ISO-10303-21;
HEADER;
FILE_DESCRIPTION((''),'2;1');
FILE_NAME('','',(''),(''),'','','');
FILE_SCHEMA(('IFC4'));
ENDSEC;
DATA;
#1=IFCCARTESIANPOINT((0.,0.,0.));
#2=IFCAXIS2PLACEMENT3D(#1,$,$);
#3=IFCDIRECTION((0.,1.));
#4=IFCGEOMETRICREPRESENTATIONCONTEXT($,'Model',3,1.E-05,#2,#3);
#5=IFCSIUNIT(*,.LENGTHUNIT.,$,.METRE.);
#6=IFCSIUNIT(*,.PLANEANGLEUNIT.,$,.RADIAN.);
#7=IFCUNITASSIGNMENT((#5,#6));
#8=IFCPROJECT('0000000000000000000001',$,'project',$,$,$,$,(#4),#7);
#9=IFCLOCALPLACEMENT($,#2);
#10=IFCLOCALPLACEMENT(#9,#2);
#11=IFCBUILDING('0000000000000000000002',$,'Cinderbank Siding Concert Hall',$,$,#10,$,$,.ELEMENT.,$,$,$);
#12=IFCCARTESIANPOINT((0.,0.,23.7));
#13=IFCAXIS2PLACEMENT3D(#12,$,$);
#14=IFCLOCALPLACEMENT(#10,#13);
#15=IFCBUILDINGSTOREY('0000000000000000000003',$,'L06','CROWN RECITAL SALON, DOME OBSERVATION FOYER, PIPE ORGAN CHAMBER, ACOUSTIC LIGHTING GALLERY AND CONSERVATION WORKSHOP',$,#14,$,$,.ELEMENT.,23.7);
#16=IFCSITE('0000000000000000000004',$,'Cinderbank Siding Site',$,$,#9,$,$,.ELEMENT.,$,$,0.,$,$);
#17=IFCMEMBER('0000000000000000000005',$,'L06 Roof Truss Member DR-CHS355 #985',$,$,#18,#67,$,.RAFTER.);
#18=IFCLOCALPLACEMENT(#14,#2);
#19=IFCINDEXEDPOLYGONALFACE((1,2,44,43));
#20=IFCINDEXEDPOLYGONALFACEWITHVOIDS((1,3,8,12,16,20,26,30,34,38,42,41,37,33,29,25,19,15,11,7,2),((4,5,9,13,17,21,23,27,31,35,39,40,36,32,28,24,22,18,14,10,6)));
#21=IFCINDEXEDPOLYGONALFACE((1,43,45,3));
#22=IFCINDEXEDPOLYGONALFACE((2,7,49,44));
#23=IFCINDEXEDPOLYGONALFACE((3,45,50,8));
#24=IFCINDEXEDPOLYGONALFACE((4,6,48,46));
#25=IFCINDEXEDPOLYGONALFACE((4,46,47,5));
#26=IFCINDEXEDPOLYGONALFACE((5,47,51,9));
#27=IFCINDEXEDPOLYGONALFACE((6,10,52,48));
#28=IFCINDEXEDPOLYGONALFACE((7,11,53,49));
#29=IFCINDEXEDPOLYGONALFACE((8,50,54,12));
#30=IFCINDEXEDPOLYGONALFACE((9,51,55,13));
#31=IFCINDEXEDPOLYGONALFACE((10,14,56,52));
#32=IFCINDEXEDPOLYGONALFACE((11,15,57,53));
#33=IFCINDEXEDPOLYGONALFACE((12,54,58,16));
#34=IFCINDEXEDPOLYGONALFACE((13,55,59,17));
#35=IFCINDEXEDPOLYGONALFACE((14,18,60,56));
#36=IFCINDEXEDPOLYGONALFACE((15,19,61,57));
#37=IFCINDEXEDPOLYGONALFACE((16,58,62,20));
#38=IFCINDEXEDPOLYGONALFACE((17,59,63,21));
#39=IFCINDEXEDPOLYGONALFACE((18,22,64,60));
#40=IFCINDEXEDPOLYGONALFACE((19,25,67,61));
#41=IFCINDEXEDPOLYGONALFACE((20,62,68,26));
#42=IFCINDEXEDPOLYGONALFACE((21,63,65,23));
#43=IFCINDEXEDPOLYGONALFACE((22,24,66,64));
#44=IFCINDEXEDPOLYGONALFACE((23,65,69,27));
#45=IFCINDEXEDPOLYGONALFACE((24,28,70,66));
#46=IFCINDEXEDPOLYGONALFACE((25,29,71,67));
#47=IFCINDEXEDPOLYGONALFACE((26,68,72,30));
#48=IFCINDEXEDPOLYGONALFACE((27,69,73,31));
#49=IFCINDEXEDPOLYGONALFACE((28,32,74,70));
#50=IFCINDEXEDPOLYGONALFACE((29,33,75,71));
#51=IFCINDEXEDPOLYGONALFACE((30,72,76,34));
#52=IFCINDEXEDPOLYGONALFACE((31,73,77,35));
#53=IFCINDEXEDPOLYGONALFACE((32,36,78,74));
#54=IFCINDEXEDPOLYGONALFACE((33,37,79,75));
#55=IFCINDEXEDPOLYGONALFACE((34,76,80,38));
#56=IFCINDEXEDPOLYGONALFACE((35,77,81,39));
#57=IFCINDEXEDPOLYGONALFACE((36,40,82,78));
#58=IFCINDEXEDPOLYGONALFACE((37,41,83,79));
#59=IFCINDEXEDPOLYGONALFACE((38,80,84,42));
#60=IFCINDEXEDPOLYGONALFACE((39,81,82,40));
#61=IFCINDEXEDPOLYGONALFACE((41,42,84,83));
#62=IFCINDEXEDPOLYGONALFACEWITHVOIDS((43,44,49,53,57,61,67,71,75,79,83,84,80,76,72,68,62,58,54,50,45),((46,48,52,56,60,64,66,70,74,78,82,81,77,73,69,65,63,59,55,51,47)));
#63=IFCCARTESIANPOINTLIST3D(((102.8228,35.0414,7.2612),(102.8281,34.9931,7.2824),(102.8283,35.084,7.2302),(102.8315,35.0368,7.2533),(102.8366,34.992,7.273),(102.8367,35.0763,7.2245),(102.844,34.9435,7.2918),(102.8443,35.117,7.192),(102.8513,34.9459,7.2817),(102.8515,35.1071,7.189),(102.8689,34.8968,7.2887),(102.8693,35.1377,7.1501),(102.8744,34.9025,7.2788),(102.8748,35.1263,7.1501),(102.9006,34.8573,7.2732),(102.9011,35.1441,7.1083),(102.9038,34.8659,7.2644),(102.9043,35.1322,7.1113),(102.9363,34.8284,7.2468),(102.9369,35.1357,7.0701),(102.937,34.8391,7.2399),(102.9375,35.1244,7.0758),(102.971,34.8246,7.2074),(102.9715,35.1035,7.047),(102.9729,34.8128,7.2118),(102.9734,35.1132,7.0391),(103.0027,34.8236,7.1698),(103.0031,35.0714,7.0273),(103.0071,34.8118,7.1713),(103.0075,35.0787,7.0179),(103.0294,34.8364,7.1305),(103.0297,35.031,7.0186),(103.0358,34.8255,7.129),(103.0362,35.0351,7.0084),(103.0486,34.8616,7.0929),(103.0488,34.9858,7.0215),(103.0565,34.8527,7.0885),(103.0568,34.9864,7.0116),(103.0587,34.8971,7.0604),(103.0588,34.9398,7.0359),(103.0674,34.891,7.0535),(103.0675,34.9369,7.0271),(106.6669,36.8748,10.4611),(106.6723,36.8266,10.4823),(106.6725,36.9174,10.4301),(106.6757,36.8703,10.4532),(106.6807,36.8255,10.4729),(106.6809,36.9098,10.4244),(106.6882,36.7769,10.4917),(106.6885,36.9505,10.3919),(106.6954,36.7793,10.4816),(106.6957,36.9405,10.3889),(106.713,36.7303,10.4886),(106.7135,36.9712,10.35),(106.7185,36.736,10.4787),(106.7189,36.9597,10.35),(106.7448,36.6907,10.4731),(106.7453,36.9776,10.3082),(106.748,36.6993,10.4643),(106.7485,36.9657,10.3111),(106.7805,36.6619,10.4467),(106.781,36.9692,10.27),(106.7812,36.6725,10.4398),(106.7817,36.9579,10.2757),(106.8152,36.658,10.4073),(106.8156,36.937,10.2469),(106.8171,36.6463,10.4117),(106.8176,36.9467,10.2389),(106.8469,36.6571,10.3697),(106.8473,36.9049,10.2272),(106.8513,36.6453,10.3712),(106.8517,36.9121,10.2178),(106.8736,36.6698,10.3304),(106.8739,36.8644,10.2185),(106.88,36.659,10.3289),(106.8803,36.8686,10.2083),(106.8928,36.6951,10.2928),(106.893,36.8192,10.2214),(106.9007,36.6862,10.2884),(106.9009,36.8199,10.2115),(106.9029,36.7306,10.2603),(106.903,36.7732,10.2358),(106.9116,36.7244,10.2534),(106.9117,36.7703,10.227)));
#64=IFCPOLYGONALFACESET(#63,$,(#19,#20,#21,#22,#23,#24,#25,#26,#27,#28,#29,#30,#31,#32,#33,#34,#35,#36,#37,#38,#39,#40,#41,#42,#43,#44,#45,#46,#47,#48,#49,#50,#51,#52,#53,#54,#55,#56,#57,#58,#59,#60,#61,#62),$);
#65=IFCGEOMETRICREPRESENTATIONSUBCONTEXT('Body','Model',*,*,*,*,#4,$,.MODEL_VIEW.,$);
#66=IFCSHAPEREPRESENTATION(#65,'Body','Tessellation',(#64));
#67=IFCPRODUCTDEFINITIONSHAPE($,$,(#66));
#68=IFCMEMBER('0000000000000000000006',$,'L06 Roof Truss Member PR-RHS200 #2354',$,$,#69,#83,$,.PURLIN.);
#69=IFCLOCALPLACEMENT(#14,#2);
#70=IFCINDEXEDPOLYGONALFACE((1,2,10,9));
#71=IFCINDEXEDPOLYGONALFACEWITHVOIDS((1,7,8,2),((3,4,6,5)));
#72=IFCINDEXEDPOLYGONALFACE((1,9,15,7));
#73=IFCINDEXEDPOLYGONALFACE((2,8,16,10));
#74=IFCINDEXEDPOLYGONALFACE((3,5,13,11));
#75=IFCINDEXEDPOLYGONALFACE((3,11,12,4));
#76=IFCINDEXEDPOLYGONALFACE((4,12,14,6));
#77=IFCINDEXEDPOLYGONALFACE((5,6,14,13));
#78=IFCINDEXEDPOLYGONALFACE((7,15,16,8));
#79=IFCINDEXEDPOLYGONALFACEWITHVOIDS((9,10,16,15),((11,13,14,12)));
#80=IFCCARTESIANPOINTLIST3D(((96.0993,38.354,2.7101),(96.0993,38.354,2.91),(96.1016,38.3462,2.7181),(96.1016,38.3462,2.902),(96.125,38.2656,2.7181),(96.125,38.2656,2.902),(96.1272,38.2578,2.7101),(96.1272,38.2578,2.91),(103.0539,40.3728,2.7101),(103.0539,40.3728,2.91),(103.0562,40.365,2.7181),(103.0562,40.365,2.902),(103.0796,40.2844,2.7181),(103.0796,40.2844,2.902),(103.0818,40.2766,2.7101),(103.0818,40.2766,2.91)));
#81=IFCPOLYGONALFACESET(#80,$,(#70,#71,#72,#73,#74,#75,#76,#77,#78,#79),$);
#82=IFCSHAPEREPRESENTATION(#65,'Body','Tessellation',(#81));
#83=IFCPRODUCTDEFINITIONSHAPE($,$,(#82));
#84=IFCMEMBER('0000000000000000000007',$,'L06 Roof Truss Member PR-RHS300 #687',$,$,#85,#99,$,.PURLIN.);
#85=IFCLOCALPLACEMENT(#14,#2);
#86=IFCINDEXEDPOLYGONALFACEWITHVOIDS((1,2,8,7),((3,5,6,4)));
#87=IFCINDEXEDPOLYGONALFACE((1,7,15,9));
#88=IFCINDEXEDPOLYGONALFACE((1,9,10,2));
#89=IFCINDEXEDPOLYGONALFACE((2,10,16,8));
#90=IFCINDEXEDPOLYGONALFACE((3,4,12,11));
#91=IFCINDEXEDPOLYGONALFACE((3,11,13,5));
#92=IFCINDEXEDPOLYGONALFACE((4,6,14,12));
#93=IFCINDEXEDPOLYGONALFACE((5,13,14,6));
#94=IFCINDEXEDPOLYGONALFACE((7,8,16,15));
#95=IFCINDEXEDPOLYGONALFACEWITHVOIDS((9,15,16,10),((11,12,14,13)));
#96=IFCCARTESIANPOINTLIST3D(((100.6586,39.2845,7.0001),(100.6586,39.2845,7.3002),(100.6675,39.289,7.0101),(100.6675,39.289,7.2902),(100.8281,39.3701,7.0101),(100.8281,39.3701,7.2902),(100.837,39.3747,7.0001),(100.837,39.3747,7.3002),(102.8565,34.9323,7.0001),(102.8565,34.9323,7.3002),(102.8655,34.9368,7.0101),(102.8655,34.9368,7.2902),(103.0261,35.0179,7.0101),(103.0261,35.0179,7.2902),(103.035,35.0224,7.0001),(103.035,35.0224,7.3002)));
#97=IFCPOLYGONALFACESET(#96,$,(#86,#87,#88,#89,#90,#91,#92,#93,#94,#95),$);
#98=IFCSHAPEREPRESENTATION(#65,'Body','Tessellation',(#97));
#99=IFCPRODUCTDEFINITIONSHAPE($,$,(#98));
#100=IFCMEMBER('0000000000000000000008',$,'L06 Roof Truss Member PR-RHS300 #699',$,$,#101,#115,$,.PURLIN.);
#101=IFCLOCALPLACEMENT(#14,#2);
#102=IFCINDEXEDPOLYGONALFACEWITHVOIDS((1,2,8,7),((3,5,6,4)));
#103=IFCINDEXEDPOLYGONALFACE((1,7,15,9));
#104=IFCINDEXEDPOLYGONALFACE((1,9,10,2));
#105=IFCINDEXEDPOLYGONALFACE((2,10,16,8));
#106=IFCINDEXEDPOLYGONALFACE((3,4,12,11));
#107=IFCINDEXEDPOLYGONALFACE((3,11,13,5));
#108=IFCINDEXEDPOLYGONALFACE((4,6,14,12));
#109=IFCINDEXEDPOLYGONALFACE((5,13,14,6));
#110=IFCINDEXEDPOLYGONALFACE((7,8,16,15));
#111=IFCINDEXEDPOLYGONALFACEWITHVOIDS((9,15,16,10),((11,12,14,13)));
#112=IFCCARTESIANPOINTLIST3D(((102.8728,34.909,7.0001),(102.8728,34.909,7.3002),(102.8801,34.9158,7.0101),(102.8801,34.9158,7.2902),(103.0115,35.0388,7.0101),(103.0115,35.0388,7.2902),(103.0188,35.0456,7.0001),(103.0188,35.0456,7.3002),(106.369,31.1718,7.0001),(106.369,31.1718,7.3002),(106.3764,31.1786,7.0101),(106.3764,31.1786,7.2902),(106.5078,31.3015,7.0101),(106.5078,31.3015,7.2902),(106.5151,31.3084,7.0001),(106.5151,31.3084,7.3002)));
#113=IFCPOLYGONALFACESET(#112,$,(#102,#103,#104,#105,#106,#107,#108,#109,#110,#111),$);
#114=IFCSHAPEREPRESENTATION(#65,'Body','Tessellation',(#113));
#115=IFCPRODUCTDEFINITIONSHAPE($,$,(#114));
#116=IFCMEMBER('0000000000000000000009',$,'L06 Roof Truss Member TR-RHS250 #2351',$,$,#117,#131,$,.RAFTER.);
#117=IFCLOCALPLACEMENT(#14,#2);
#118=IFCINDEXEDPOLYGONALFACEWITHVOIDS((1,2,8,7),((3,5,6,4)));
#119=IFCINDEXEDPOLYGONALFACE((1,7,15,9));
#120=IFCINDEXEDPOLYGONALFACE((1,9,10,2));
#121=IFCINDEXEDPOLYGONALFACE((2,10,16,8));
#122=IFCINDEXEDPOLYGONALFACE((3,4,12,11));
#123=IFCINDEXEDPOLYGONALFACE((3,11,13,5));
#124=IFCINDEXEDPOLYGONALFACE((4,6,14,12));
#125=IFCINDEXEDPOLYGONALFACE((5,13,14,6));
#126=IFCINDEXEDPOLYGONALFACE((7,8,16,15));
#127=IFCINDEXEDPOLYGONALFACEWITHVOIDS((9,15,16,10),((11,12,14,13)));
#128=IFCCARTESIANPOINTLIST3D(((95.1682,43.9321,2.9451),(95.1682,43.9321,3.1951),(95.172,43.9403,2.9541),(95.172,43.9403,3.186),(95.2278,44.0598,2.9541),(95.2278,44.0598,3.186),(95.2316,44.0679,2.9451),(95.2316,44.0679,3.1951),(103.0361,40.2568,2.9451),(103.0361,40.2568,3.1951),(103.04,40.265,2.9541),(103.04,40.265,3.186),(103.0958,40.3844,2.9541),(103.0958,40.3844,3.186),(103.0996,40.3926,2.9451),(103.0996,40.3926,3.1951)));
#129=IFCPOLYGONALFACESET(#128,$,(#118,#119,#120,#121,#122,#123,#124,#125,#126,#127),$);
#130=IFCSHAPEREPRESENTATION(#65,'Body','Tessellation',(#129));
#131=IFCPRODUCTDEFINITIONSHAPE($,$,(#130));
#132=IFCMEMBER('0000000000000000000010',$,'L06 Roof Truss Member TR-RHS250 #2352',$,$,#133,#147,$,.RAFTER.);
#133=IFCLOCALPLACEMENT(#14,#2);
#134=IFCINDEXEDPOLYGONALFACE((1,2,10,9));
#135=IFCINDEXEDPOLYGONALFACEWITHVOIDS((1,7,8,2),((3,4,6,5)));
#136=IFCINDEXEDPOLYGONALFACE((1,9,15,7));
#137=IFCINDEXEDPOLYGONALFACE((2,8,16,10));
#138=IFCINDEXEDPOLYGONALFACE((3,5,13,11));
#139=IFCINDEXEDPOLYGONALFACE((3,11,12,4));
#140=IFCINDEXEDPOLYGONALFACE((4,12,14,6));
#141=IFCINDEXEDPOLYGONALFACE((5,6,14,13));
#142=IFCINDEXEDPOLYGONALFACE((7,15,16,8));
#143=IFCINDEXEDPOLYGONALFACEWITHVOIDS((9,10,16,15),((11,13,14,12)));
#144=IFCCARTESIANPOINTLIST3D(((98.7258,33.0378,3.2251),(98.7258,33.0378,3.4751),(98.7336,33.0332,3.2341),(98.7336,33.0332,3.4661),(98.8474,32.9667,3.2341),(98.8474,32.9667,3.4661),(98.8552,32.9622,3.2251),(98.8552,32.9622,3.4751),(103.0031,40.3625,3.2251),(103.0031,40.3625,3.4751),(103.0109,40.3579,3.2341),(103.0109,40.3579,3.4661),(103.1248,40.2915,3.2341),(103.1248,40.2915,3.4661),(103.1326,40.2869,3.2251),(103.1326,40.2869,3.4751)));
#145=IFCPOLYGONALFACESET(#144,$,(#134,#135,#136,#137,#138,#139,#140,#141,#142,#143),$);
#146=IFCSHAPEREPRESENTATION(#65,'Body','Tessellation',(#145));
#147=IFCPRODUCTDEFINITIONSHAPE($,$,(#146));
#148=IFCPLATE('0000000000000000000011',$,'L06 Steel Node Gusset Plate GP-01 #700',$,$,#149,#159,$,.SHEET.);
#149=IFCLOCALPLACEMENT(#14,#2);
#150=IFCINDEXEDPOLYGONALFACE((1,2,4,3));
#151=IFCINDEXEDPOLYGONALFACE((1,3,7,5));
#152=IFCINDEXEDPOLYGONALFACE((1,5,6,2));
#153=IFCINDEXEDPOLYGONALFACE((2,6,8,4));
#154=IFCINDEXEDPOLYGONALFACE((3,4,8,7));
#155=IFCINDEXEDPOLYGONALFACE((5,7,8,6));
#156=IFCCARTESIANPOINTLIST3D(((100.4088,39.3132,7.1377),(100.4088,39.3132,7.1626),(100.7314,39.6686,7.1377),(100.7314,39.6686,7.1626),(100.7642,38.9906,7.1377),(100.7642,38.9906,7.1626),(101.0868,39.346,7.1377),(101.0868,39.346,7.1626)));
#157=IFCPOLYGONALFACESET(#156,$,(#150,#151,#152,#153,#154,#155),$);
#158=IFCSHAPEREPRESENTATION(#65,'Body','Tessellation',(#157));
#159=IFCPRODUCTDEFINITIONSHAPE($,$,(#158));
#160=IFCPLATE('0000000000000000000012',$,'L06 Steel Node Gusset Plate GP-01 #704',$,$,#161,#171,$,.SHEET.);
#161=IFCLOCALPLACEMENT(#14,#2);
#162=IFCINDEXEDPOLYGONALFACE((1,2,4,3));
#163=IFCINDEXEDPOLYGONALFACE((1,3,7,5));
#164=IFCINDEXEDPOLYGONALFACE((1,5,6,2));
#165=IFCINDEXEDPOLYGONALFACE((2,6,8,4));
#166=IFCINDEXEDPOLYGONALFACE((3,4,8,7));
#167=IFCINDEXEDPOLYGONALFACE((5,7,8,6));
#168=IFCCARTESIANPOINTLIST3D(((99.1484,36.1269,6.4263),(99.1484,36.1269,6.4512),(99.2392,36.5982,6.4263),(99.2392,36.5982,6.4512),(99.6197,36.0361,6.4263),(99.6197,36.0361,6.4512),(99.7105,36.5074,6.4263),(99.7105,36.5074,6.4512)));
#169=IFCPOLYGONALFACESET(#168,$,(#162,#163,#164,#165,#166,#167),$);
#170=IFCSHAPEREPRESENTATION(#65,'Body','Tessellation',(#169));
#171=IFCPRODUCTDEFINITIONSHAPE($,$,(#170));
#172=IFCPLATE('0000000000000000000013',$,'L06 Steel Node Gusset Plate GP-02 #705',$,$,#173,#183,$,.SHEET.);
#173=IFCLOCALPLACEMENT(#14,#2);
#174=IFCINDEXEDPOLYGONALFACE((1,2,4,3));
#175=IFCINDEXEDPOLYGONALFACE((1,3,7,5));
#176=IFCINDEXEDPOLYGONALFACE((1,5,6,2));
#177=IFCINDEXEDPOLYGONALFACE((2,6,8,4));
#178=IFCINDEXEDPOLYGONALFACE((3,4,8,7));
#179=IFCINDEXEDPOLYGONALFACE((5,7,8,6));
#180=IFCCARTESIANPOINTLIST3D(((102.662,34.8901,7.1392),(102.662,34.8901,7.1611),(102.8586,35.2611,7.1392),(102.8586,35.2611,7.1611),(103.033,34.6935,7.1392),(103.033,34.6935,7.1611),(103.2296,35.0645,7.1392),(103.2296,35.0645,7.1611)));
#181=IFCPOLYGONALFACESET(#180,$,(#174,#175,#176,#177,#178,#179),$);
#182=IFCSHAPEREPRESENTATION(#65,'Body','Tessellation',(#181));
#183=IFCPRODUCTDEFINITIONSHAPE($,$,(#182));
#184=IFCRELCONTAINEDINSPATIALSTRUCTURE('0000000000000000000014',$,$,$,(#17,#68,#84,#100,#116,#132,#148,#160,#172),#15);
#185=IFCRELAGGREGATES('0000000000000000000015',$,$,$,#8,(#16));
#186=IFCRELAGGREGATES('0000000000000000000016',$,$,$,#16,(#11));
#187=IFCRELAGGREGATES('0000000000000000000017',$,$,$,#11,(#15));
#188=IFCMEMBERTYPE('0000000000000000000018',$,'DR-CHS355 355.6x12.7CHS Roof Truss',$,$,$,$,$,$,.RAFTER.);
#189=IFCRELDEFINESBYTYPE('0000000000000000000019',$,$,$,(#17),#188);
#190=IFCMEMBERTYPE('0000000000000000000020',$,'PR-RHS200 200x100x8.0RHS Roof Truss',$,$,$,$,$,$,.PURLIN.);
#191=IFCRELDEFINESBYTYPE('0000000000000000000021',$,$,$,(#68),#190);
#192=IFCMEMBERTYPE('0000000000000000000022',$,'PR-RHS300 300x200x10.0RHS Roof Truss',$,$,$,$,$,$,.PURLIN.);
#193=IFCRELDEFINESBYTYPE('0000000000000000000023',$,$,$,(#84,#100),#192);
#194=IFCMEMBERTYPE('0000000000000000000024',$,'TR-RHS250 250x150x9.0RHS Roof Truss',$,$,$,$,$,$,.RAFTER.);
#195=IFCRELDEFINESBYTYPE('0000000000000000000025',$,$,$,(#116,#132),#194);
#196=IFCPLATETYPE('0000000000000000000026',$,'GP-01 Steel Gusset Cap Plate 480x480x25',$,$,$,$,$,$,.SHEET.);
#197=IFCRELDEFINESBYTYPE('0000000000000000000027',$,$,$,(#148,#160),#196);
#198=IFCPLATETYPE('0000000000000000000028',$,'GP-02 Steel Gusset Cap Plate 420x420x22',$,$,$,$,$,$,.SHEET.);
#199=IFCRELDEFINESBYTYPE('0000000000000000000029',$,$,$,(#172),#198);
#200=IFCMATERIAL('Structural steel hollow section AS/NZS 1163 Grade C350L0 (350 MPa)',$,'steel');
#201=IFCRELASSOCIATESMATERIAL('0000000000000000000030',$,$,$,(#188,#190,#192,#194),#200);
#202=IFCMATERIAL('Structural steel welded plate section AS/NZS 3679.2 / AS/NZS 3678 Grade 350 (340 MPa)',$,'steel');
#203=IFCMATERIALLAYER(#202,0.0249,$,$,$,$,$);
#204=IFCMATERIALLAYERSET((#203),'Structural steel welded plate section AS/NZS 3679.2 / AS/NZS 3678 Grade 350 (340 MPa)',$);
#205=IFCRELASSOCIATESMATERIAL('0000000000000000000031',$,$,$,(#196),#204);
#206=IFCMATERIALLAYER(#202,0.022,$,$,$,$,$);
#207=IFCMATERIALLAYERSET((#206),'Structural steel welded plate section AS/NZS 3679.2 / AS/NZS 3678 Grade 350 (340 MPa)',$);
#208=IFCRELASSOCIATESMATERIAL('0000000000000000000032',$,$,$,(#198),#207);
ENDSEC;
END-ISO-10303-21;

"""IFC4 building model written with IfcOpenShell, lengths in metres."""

from ifc_helpers import new_model, si_unit, direction, frame, origin, origin_2d, place, context, subcontext, project, spatial, rectangle, hollow_rectangle, hollow_circle, extrude, material, layer, layer_set, material_profile, profile_set, type_object, element, save


model = new_model("IFC4")

# Units and contexts
model_context = context("Model", 3, precision=1e-05, world=origin(), true_north=direction((0.0, 1.0)))
body_context = subcontext(model_context, "Body", "Model", "MODEL_VIEW")
ifc_project = project(units=[si_unit("LENGTHUNIT", "METRE"), si_unit("PLANEANGLEUNIT", "RADIAN")], contexts=[model_context])

# Site, building, storey
site_placement = place(None, origin())
site = spatial("IfcSite", under=ifc_project, at=site_placement, Name="Cinderbank Siding Site", CompositionType="ELEMENT", RefElevation=0.0)
building_placement = place(site_placement, origin())
building = spatial("IfcBuilding", under=site, at=building_placement, Name="Cinderbank Siding Concert Hall", CompositionType="ELEMENT")
storey_placement = place(building_placement, frame((0.0, 0.0, 23.7)))
storey = spatial("IfcBuildingStorey", under=building, at=storey_placement, Name="L06", Description="CROWN RECITAL SALON, DOME OBSERVATION FOYER, PIPE ORGAN CHAMBER, ACOUSTIC LIGHTING GALLERY AND CONSERVATION WORKSHOP", CompositionType="ELEMENT", Elevation=23.7)

# Members
ifc_material_1 = material(Name="Structural steel hollow section AS/NZS 1163 Grade C350L0 (350 MPa)", Category="steel")
ifc_material_profile_1 = material_profile(ifc_material_1, hollow_circle(Radius=0.1777, WallThickness=0.0127, at=origin_2d()), Name="355.6x12.7CHS", Category="LoadBearing")
ifc_profile_set_1 = profile_set([ifc_material_profile_1], Name="Structural steel hollow section AS/NZS 1163 Grade C350L0 (350 MPa)")
member_type_1 = type_object("IfcMemberType", Name="DR-CHS355 355.6x12.7CHS Roof Truss", PredefinedType="RAFTER", material=ifc_profile_set_1)
member_1_placement = place(storey_placement, frame((102.9458, 34.9773, 7.1501), z_axis=(0.721618, 0.344173, 0.600676), x_axis=(-0.43049, 0.902595, 0.0)))
element("IfcMember", 1, at=member_1_placement, inside=storey, type_object=member_type_1, Name="L06 Roof Truss Member DR-CHS355 #985", PredefinedType="RAFTER", context=body_context, shape_type="SweptSolid", body=[
    extrude(hollow_circle(Radius=0.1777, WallThickness=0.0127, at=origin_2d()), origin(), (0.0, 0.0, 1.0), 5.3271),
])
ifc_material_profile_2 = material_profile(ifc_material_1, hollow_rectangle(XDim=0.1001, YDim=0.2, WallThickness=0.0081, at=origin_2d()), Name="200x100x8.0RHS", Category="LoadBearing")
ifc_profile_set_2 = profile_set([ifc_material_profile_2], Name="Structural steel hollow section AS/NZS 1163 Grade C350L0 (350 MPa)")
member_type_2 = type_object("IfcMemberType", Name="PR-RHS200 200x100x8.0RHS Roof Truss", PredefinedType="PURLIN", material=ifc_profile_set_2)
member_2_placement = place(storey_placement, frame((103.0679, 40.3247, 2.8101), z_axis=(-0.960356, -0.278775, 0.0), x_axis=(0.278775, -0.960356, 0.0)))
element("IfcMember", 2, at=member_2_placement, inside=storey, type_object=member_type_2, Name="L06 Roof Truss Member PR-RHS200 #2354", PredefinedType="PURLIN", context=body_context, shape_type="SweptSolid", body=[
    extrude(hollow_rectangle(XDim=0.1001, YDim=0.2, WallThickness=0.0081, at=origin_2d()), origin(), (0.0, 0.0, 1.0), 7.2417),
])
ifc_material_profile_3 = material_profile(ifc_material_1, hollow_rectangle(XDim=0.2, YDim=0.3, WallThickness=0.01, at=origin_2d()), Name="300x200x10.0RHS", Category="LoadBearing")
ifc_profile_set_3 = profile_set([ifc_material_profile_3], Name="Structural steel hollow section AS/NZS 1163 Grade C350L0 (350 MPa)")
member_type_3 = type_object("IfcMemberType", Name="PR-RHS300 300x200x10.0RHS Roof Truss", PredefinedType="PURLIN", material=ifc_profile_set_3)
member_3_placement = place(storey_placement, frame((100.7478, 39.3296, 7.1501), z_axis=(0.450795, -0.892627, 0.0), x_axis=(0.892627, 0.450795, 0.0)))
element("IfcMember", 3, at=member_3_placement, inside=storey, type_object=member_type_3, Name="L06 Roof Truss Member PR-RHS300 #687", PredefinedType="PURLIN", context=body_context, shape_type="SweptSolid", body=[
    extrude(hollow_rectangle(XDim=0.2, YDim=0.3, WallThickness=0.01, at=origin_2d()), origin(), (0.0, 0.0, 1.0), 4.8757),
])
member_4_placement = place(storey_placement, frame((102.9458, 34.9773, 7.1501), z_axis=(0.683173, -0.730257, 0.0), x_axis=(0.730257, 0.683173, 0.0)))
element("IfcMember", 4, at=member_4_placement, inside=storey, type_object=member_type_3, Name="L06 Roof Truss Member PR-RHS300 #699", PredefinedType="PURLIN", context=body_context, shape_type="SweptSolid", body=[
    extrude(hollow_rectangle(XDim=0.2, YDim=0.3, WallThickness=0.01, at=origin_2d()), origin(), (0.0, 0.0, 1.0), 5.1177),
])
ifc_material_profile_4 = material_profile(ifc_material_1, hollow_rectangle(XDim=0.1499, YDim=0.25, WallThickness=0.009, at=origin_2d()), Name="250x150x9.0RHS", Category="LoadBearing")
ifc_profile_set_4 = profile_set([ifc_material_profile_4], Name="Structural steel hollow section AS/NZS 1163 Grade C350L0 (350 MPa)")
member_type_4 = type_object("IfcMemberType", Name="TR-RHS250 250x150x9.0RHS Roof Truss", PredefinedType="RAFTER", material=ifc_profile_set_4)
member_5_placement = place(storey_placement, frame((103.0679, 40.3247, 3.0701), z_axis=(-0.906024, 0.423226, 0.0), x_axis=(-0.423226, -0.906024, 0.0)))
element("IfcMember", 5, at=member_5_placement, inside=storey, type_object=member_type_4, Name="L06 Roof Truss Member TR-RHS250 #2351", PredefinedType="RAFTER", context=body_context, shape_type="SweptSolid", body=[
    extrude(hollow_rectangle(XDim=0.1499, YDim=0.25, WallThickness=0.009, at=origin_2d()), origin(), (0.0, 0.0, 1.0), 8.6841),
])
member_6_placement = place(storey_placement, frame((103.0679, 40.3247, 3.3501), z_axis=(-0.504275, -0.863543, 0.0), x_axis=(0.863543, -0.504275, 0.0)))
element("IfcMember", 6, at=member_6_placement, inside=storey, type_object=member_type_4, Name="L06 Roof Truss Member TR-RHS250 #2352", PredefinedType="RAFTER", context=body_context, shape_type="SweptSolid", body=[
    extrude(hollow_rectangle(XDim=0.1499, YDim=0.25, WallThickness=0.009, at=origin_2d()), origin(), (0.0, 0.0, 1.0), 8.4822),
])

# Plates
ifc_material_2 = material(Name="Structural steel welded plate section AS/NZS 3679.2 / AS/NZS 3678 Grade 350 (340 MPa)", Category="steel")
ifc_layer_1 = layer(ifc_material_2, 0.0249)
ifc_layer_set_1 = layer_set([ifc_layer_1], Name="Structural steel welded plate section AS/NZS 3679.2 / AS/NZS 3678 Grade 350 (340 MPa)")
plate_type_1 = type_object("IfcPlateType", Name="GP-01 Steel Gusset Cap Plate 480x480x25", PredefinedType="SHEET", material=ifc_layer_set_1)
for number, where, z_axis, x_axis, name in (
    (7, (100.7478, 39.3296, 7.1377), (0.0, 0.0, 1.0), (0.740453, -0.672108, 0.0), "L06 Steel Node Gusset Plate GP-01 #700"),
    (8, (99.4294, 36.3171, 6.4263), (0.0, 0.0, 1.0), (0.189095, 0.981959, 0.0), "L06 Steel Node Gusset Plate GP-01 #704"),
):
    element("IfcPlate", number, at=place(storey_placement, frame(where, z_axis=z_axis, x_axis=x_axis)), inside=storey, type_object=plate_type_1, Name=name, PredefinedType="SHEET", context=body_context, shape_type="SweptSolid", body=[
        extrude(rectangle(XDim=0.48, YDim=0.48, at=origin_2d()), origin(), (0.0, 0.0, 1.0), 0.0249),
    ])
ifc_layer_2 = layer(ifc_material_2, 0.022)
ifc_layer_set_2 = layer_set([ifc_layer_2], Name="Structural steel welded plate section AS/NZS 3679.2 / AS/NZS 3678 Grade 350 (340 MPa)")
plate_type_2 = type_object("IfcPlateType", Name="GP-02 Steel Gusset Cap Plate 420x420x22", PredefinedType="SHEET", material=ifc_layer_set_2)
plate_placement = place(storey_placement, frame((102.9458, 34.9773, 7.1392), z_axis=(0.0, 0.0, 1.0), x_axis=(0.883602, -0.468238, 0.0)))
element("IfcPlate", 9, at=plate_placement, inside=storey, type_object=plate_type_2, Name="L06 Steel Node Gusset Plate GP-02 #705", PredefinedType="SHEET", context=body_context, shape_type="SweptSolid", body=[
    extrude(rectangle(XDim=0.4199, YDim=0.4199, at=origin_2d()), origin(), (0.0, 0.0, 1.0), 0.022),
])

save(model, "model.ifc")
